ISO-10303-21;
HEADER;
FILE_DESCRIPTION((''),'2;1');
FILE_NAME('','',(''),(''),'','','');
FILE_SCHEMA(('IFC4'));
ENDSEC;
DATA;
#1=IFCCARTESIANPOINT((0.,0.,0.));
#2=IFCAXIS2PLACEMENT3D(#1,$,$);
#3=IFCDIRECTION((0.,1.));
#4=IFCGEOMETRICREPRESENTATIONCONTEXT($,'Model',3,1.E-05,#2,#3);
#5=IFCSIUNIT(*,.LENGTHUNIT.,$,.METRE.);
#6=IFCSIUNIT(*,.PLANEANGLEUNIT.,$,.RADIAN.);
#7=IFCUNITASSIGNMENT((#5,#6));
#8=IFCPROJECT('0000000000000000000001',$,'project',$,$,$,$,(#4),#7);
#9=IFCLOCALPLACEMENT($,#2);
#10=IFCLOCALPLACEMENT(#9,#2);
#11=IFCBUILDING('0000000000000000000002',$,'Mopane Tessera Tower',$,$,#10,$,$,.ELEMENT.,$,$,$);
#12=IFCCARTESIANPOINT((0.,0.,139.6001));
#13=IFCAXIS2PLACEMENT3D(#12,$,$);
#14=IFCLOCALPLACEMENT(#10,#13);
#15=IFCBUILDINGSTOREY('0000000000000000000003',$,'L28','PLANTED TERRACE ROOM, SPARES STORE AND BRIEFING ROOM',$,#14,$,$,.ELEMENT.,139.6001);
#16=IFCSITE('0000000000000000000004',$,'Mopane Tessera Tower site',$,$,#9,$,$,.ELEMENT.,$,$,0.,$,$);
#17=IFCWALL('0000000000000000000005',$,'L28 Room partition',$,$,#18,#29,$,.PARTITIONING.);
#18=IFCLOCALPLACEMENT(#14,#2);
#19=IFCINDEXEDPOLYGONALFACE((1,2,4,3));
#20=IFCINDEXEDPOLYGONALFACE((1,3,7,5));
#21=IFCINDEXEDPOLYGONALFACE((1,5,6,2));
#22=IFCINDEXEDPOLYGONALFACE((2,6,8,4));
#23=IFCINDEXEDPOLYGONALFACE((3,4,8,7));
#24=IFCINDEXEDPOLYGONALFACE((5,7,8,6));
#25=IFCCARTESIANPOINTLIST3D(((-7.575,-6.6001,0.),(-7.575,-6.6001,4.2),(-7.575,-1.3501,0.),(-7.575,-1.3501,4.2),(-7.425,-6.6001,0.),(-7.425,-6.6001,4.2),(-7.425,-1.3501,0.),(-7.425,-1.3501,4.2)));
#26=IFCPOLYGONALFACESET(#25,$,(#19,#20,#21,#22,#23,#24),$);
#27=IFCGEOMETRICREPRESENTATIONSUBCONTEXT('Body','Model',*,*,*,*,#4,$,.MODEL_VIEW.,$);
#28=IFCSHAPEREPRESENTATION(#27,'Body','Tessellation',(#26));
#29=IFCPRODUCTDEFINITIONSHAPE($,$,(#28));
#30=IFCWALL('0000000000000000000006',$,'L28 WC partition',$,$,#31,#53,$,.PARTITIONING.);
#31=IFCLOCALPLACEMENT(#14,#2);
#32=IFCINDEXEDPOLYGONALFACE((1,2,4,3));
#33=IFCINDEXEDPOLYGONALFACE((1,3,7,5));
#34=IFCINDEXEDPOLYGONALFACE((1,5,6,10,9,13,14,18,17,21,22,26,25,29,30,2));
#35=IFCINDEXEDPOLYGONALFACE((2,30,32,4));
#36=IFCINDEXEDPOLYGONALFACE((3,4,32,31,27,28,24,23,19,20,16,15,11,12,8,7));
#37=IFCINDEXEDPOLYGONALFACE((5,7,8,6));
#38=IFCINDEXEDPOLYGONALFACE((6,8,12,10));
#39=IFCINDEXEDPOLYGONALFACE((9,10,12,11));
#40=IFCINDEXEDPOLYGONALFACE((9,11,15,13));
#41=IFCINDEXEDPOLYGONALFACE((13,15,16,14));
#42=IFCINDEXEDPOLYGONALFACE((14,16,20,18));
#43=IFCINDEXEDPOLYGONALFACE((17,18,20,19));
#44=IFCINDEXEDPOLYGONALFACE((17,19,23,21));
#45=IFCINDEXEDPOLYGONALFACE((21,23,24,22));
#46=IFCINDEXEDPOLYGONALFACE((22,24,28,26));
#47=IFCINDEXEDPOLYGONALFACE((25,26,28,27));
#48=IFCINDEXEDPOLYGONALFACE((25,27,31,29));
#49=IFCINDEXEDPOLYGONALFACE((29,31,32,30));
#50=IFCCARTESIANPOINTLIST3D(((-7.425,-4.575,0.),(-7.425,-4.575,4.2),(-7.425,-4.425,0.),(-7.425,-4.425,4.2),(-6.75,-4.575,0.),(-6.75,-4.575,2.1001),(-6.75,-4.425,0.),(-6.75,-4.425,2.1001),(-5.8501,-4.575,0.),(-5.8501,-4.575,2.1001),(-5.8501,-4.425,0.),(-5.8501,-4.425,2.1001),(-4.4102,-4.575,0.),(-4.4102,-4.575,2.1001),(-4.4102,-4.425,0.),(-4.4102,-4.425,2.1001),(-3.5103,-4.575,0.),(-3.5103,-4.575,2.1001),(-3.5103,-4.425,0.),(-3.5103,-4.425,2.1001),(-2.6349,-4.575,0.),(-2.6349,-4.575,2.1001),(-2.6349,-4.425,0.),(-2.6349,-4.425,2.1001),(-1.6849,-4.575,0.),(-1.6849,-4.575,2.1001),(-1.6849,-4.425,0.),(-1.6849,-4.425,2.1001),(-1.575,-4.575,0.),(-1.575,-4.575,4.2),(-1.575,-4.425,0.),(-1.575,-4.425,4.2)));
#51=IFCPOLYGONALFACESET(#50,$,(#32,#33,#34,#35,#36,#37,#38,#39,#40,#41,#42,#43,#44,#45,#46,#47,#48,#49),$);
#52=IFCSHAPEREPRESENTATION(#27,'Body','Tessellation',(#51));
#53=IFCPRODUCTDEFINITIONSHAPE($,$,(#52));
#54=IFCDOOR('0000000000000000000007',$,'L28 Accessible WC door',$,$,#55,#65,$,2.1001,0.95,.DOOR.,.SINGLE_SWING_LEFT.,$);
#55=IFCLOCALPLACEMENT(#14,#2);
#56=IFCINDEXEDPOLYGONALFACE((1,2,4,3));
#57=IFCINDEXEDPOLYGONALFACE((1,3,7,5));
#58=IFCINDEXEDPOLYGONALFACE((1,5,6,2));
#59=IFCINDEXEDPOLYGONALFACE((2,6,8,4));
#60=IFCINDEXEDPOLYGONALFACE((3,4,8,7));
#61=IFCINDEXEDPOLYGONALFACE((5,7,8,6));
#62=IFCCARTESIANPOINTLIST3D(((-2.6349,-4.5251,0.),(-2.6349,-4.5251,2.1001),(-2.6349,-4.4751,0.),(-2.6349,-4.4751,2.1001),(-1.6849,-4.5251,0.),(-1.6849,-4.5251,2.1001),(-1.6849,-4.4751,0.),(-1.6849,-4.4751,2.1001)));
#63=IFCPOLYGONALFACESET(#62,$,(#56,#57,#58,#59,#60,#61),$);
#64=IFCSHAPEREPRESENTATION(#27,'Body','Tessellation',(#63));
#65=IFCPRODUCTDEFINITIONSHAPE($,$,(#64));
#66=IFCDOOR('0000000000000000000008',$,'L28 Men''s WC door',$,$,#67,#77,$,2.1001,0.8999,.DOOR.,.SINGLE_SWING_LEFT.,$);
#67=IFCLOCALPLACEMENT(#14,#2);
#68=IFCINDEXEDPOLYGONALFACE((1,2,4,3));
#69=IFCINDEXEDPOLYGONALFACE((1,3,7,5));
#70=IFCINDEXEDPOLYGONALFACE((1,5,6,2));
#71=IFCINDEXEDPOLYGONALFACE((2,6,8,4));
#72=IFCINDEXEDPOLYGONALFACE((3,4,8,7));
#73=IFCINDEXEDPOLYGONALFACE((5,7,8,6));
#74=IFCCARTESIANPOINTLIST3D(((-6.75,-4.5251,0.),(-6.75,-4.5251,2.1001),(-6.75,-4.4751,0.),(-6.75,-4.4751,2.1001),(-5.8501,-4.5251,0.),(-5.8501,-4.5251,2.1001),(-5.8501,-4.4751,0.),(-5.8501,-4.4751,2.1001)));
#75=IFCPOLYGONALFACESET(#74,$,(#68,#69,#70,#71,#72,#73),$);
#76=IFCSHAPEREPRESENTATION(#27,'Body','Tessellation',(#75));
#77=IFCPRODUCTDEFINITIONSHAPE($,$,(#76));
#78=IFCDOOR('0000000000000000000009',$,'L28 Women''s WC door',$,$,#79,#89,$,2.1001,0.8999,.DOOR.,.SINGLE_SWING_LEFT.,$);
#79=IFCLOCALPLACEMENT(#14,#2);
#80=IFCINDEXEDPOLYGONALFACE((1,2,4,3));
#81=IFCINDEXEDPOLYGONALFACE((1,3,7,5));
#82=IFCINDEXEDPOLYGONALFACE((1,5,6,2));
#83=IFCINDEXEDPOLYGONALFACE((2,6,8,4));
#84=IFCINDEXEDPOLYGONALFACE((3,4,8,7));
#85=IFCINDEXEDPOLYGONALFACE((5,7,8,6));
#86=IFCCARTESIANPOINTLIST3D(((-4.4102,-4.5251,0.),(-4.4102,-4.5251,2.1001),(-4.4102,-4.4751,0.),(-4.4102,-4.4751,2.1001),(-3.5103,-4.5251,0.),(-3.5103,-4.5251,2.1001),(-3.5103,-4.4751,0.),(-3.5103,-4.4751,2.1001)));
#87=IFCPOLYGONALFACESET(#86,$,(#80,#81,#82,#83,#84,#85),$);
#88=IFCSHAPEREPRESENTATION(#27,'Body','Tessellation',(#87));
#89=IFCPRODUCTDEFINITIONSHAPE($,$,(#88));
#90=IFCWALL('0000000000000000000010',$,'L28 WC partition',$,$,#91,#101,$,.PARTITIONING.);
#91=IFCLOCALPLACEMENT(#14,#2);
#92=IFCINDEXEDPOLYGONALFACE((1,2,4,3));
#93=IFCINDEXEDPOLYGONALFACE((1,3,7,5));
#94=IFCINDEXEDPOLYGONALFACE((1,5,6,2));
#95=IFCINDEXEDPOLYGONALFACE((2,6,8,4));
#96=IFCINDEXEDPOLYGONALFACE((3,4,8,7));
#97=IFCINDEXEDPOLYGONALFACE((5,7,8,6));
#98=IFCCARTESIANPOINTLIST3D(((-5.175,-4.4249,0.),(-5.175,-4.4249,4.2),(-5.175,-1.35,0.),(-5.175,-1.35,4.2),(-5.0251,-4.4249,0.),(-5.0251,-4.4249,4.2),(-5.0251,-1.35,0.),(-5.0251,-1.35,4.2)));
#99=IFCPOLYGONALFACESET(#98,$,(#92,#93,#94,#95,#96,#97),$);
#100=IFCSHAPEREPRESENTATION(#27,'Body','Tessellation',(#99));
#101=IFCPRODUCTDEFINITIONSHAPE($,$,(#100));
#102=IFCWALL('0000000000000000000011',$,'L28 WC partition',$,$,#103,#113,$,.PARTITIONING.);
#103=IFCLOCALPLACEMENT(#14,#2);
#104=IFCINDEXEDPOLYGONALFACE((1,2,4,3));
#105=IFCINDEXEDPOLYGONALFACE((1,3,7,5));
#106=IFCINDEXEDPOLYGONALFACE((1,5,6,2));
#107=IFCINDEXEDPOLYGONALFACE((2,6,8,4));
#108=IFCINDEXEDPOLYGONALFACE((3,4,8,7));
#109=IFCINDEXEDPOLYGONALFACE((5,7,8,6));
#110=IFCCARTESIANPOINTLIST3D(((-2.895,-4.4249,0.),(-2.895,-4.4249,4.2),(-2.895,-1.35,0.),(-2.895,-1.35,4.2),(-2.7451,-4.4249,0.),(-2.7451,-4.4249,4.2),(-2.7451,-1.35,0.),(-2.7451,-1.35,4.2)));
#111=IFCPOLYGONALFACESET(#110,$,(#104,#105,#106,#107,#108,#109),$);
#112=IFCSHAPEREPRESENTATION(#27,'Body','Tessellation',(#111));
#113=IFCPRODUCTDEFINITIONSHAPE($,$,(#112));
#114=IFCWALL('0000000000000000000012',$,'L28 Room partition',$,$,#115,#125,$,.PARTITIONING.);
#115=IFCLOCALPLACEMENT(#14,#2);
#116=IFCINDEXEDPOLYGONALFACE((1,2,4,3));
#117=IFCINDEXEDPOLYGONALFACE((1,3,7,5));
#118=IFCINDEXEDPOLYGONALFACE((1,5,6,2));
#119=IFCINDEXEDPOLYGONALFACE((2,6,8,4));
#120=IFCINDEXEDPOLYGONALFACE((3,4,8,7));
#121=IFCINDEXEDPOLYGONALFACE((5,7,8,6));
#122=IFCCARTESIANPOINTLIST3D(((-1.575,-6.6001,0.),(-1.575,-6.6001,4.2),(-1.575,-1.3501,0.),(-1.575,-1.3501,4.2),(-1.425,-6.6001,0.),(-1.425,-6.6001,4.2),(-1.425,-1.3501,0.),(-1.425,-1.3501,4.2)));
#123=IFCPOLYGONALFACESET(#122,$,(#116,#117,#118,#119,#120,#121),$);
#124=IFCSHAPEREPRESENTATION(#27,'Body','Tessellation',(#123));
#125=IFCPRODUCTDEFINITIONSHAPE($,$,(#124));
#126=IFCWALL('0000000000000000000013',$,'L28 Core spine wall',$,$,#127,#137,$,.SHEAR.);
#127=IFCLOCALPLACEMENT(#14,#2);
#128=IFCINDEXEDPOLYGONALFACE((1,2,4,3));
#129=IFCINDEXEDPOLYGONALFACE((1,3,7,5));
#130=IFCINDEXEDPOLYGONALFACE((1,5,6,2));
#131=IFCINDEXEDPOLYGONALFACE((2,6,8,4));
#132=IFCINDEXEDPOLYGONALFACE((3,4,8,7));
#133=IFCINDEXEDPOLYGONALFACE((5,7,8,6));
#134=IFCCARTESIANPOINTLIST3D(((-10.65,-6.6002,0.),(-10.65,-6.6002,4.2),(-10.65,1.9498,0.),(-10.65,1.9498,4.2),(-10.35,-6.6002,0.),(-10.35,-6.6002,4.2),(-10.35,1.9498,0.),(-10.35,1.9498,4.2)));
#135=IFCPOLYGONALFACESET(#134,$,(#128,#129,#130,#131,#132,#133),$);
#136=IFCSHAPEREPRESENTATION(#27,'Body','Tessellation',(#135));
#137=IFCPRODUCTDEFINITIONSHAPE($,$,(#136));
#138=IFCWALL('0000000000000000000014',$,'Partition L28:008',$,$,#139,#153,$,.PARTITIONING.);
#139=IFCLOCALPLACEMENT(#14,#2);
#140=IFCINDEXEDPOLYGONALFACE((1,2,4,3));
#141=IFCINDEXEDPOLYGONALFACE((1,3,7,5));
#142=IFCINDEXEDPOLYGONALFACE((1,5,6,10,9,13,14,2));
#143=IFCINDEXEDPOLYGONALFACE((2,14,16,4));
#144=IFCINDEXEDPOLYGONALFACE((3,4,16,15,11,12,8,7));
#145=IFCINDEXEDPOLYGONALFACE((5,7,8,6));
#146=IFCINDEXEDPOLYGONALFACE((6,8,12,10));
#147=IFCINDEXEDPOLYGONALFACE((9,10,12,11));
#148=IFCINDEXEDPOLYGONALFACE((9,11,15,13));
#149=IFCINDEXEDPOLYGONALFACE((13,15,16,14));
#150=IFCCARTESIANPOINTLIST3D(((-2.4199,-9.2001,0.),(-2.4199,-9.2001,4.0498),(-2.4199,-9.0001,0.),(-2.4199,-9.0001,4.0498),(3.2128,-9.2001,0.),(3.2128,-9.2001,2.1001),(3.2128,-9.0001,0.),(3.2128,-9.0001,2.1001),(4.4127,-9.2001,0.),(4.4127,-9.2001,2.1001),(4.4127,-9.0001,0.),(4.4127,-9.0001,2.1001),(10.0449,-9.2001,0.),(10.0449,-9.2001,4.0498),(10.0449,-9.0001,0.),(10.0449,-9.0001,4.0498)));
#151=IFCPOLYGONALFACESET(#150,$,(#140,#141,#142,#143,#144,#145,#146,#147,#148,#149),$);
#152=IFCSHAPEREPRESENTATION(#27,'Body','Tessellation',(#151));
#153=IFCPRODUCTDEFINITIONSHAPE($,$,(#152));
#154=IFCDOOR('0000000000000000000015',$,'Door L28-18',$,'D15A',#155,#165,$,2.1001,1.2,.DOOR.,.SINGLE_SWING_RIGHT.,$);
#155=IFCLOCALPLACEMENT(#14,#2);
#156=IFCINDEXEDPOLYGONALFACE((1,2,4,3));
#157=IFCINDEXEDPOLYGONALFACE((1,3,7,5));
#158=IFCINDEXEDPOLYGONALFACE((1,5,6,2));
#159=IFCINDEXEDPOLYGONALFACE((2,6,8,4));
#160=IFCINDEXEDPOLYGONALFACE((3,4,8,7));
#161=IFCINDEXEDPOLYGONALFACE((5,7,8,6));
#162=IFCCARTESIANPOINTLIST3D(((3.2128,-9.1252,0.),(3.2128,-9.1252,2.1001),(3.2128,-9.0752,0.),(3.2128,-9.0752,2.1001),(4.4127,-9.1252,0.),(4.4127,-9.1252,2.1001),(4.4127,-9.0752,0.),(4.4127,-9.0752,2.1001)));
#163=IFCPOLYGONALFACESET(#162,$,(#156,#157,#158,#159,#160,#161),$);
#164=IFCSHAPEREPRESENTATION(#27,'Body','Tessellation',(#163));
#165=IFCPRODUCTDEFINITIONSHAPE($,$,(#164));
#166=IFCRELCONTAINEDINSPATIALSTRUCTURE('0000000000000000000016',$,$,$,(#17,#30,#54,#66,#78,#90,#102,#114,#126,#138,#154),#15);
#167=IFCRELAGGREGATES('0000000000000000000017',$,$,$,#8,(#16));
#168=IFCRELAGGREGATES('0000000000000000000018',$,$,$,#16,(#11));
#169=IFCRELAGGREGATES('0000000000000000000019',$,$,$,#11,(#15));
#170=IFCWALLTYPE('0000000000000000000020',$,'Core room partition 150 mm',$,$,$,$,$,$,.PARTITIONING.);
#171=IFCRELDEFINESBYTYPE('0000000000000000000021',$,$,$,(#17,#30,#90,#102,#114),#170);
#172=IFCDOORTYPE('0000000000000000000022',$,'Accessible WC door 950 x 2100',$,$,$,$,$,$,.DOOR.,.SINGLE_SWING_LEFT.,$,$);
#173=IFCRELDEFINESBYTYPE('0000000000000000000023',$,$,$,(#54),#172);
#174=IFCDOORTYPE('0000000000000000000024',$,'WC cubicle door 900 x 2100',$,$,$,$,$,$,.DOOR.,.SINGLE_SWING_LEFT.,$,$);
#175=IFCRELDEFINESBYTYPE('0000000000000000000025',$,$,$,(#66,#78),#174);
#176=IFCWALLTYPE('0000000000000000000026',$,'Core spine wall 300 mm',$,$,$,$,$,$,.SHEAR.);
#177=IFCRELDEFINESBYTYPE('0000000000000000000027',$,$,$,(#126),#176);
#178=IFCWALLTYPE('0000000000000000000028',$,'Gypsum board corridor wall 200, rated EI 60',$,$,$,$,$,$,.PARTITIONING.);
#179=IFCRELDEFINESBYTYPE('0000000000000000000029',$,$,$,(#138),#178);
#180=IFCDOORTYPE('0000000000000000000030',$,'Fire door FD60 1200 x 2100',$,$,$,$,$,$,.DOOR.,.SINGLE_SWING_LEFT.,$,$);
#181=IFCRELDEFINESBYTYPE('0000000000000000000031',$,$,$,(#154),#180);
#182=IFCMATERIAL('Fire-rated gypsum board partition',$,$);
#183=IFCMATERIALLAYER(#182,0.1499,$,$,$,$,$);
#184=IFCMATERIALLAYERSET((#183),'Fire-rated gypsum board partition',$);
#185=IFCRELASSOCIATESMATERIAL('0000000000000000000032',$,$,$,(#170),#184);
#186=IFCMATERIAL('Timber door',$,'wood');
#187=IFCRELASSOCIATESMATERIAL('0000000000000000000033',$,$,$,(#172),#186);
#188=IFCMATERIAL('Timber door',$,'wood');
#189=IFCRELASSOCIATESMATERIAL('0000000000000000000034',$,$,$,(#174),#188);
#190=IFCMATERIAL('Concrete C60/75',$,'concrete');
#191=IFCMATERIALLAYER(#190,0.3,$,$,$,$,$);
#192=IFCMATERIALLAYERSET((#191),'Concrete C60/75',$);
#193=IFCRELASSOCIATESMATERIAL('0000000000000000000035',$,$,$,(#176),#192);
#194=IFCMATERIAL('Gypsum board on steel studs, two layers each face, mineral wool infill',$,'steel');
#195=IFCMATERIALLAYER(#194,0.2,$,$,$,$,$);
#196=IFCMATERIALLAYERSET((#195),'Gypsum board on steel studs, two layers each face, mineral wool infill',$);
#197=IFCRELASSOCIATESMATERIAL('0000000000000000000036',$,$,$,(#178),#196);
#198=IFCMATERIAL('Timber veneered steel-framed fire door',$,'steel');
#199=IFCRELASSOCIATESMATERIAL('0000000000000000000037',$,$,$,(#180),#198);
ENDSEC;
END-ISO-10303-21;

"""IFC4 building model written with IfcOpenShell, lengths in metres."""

from ifc_helpers import new_model, si_unit, direction, frame, frame_2d, origin, place, context, subcontext, project, spatial, rectangle, extrude, material, layer, layer_set, type_object, element, fill, save


model = new_model("IFC4")

# Units and contexts
model_context = context("Model", 3, precision=1e-05, world=origin(), true_north=direction((0.0, 1.0)))
body_context = subcontext(model_context, "Body", "Model", "MODEL_VIEW")
ifc_project = project(units=[si_unit("LENGTHUNIT", "METRE"), si_unit("PLANEANGLEUNIT", "RADIAN")], contexts=[model_context])

# Site, building, storey
site_placement = place(None, origin())
site = spatial("IfcSite", under=ifc_project, at=site_placement, Name="Mopane Tessera Tower site", CompositionType="ELEMENT", RefElevation=0.0)
building_placement = place(site_placement, origin())
building = spatial("IfcBuilding", under=site, at=building_placement, Name="Mopane Tessera Tower", CompositionType="ELEMENT")
storey_placement = place(building_placement, frame((0.0, 0.0, 139.6001)))
storey = spatial("IfcBuildingStorey", under=building, at=storey_placement, Name="L28", Description="PLANTED TERRACE ROOM, SPARES STORE AND BRIEFING ROOM", CompositionType="ELEMENT", Elevation=139.6001)

# Wall
ifc_material_1 = material(Name="Fire-rated gypsum board partition")
ifc_layer_1 = layer(ifc_material_1, 0.1499)
ifc_layer_set_1 = layer_set([ifc_layer_1], Name="Fire-rated gypsum board partition")
wall_type_1 = type_object("IfcWallType", Name="Core room partition 150 mm", PredefinedType="PARTITIONING", material=ifc_layer_set_1)
wall_1_placement = place(storey_placement, frame((-7.5, -6.6001, 0.0), z_axis=(0.0, 0.0, 1.0), x_axis=(0.0, 1.0, 0.0)))
element("IfcWall", 1, at=wall_1_placement, inside=storey, type_object=wall_type_1, Name="L28 Room partition", PredefinedType="PARTITIONING", context=body_context, shape_type="SweptSolid", body=[
    extrude(rectangle(XDim=5.25, YDim=0.1499, at=frame_2d((2.625, 0.0))), origin(), (0.0, 0.0, 1.0), 4.2),
])

# Wall, openings, doors
wall_2_placement = place(storey_placement, frame((-7.425, -4.5, 0.0), z_axis=(0.0, 0.0, 1.0), x_axis=(1.0, 0.0, 0.0)))
wall_2 = element("IfcWall", 2, at=wall_2_placement, inside=storey, type_object=wall_type_1, Name="L28 WC partition", PredefinedType="PARTITIONING", context=body_context, shape_type="SweptSolid", body=[
    extrude(rectangle(XDim=5.8501, YDim=0.1499, at=frame_2d((2.925, 0.0))), origin(), (0.0, 0.0, 1.0), 4.2),
])
opening_1_placement = place(wall_2_placement, frame((0.675, 0.0, 0.0)))
opening_1 = element("IfcOpeningElement", 3, at=opening_1_placement, cuts=wall_2, PredefinedType="OPENING", context=body_context, shape_type="SweptSolid", body=[
    extrude(rectangle(XDim=0.8999, YDim=2.1001, at=frame_2d((0.45, 1.05))), frame((0.0, 0.0869, 0.0), z_axis=(0.0, -1.0, 0.0), x_axis=(1.0, 0.0, 0.0)), (0.0, 0.0, 1.0), 0.1738),
])
opening_2_placement = place(wall_2_placement, frame((3.0149, 0.0, 0.0)))
opening_2 = element("IfcOpeningElement", 4, at=opening_2_placement, cuts=wall_2, PredefinedType="OPENING", context=body_context, shape_type="SweptSolid", body=[
    extrude(rectangle(XDim=0.8999, YDim=2.1001, at=frame_2d((0.45, 1.05))), frame((0.0, 0.0869, 0.0), z_axis=(0.0, -1.0, 0.0), x_axis=(1.0, 0.0, 0.0)), (0.0, 0.0, 1.0), 0.1738),
])
opening_3_placement = place(wall_2_placement, frame((4.79, 0.0, 0.0)))
opening_3 = element("IfcOpeningElement", 5, at=opening_3_placement, cuts=wall_2, PredefinedType="OPENING", context=body_context, shape_type="SweptSolid", body=[
    extrude(rectangle(XDim=0.95, YDim=2.1001, at=frame_2d((0.4751, 1.05))), frame((0.0, 0.0869, 0.0), z_axis=(0.0, -1.0, 0.0), x_axis=(1.0, 0.0, 0.0)), (0.0, 0.0, 1.0), 0.1738),
])
ifc_material_2 = material(Name="Timber door", Category="wood")
door_type_1 = type_object("IfcDoorType", Name="Accessible WC door 950 x 2100", OperationType="SINGLE_SWING_LEFT", PredefinedType="DOOR", material=ifc_material_2)
door_1_placement = place(opening_3_placement, origin())
door_1 = element("IfcDoor", 6, at=door_1_placement, inside=storey, type_object=door_type_1, Name="L28 Accessible WC door", OperationType="SINGLE_SWING_LEFT", OverallHeight=2.1001, OverallWidth=0.95, PredefinedType="DOOR", context=body_context, shape_type="SweptSolid", body=[
    extrude(rectangle(XDim=0.95, YDim=2.1001, at=frame_2d((0.4751, 1.05))), frame((0.0, 0.0249, 0.0), z_axis=(0.0, -1.0, 0.0), x_axis=(1.0, 0.0, 0.0)), (0.0, 0.0, 1.0), 0.05),
])
fill(opening_3, door_1)
ifc_material_3 = material(Name="Timber door", Category="wood")
door_type_2 = type_object("IfcDoorType", Name="WC cubicle door 900 x 2100", OperationType="SINGLE_SWING_LEFT", PredefinedType="DOOR", material=ifc_material_3)
door_2_placement = place(opening_1_placement, origin())
door_2 = element("IfcDoor", 7, at=door_2_placement, inside=storey, type_object=door_type_2, Name="L28 Men's WC door", OperationType="SINGLE_SWING_LEFT", OverallHeight=2.1001, OverallWidth=0.8999, PredefinedType="DOOR", context=body_context, shape_type="SweptSolid", body=[
    extrude(rectangle(XDim=0.8999, YDim=2.1001, at=frame_2d((0.45, 1.05))), frame((0.0, 0.0249, 0.0), z_axis=(0.0, -1.0, 0.0), x_axis=(1.0, 0.0, 0.0)), (0.0, 0.0, 1.0), 0.05),
])
fill(opening_1, door_2)
door_3_placement = place(opening_2_placement, origin())
door_3 = element("IfcDoor", 8, at=door_3_placement, inside=storey, type_object=door_type_2, Name="L28 Women's WC door", OperationType="SINGLE_SWING_LEFT", OverallHeight=2.1001, OverallWidth=0.8999, PredefinedType="DOOR", context=body_context, shape_type="SweptSolid", body=[
    extrude(rectangle(XDim=0.8999, YDim=2.1001, at=frame_2d((0.45, 1.05))), frame((0.0, 0.0249, 0.0), z_axis=(0.0, -1.0, 0.0), x_axis=(1.0, 0.0, 0.0)), (0.0, 0.0, 1.0), 0.05),
])
fill(opening_2, door_3)

# Walls
for number, where, z_axis, x_axis, name in (
    (9, (-5.1001, -4.425, 0.0), (0.0, 0.0, 1.0), (0.0, 1.0, 0.0), "L28 WC partition"),
    (10, (-2.8201, -4.425, 0.0), (0.0, 0.0, 1.0), (0.0, 1.0, 0.0), "L28 WC partition"),
):
    element("IfcWall", number, at=place(storey_placement, frame(where, z_axis=z_axis, x_axis=x_axis)), inside=storey, type_object=wall_type_1, Name=name, PredefinedType="PARTITIONING", context=body_context, shape_type="SweptSolid", body=[
        extrude(rectangle(XDim=3.075, YDim=0.1499, at=frame_2d((1.5376, 0.0))), origin(), (0.0, 0.0, 1.0), 4.2),
    ])
wall_3_placement = place(storey_placement, frame((-1.5, -6.6001, 0.0), z_axis=(0.0, 0.0, 1.0), x_axis=(0.0, 1.0, 0.0)))
element("IfcWall", 11, at=wall_3_placement, inside=storey, type_object=wall_type_1, Name="L28 Room partition", PredefinedType="PARTITIONING", context=body_context, shape_type="SweptSolid", body=[
    extrude(rectangle(XDim=5.25, YDim=0.1499, at=frame_2d((2.625, 0.0))), origin(), (0.0, 0.0, 1.0), 4.2),
])
ifc_material_4 = material(Name="Concrete C60/75", Category="concrete")
ifc_layer_2 = layer(ifc_material_4, 0.3)
ifc_layer_set_2 = layer_set([ifc_layer_2], Name="Concrete C60/75")
wall_type_2 = type_object("IfcWallType", Name="Core spine wall 300 mm", PredefinedType="SHEAR", material=ifc_layer_set_2)
wall_4_placement = place(storey_placement, frame((-10.5, -6.6001, 0.0), z_axis=(0.0, 0.0, 1.0), x_axis=(0.0, 1.0, 0.0)))
element("IfcWall", 12, at=wall_4_placement, inside=storey, type_object=wall_type_2, Name="L28 Core spine wall", PredefinedType="SHEAR", context=body_context, shape_type="SweptSolid", body=[
    extrude(rectangle(XDim=8.55, YDim=0.3, at=frame_2d((4.2749, 0.0))), origin(), (0.0, 0.0, 1.0), 4.2),
])

# Wall, opening, door
ifc_material_5 = material(Name="Gypsum board on steel studs, two layers each face, mineral wool infill", Category="steel")
ifc_layer_3 = layer(ifc_material_5, 0.2)
ifc_layer_set_3 = layer_set([ifc_layer_3], Name="Gypsum board on steel studs, two layers each face, mineral wool infill")
wall_type_3 = type_object("IfcWallType", Name="Gypsum board corridor wall 200, rated EI 60", PredefinedType="PARTITIONING", material=ifc_layer_set_3)
wall_5_placement = place(storey_placement, frame((-2.4199, -9.1001, 0.0), z_axis=(0.0, 0.0, 1.0), x_axis=(1.0, 0.0, 0.0)))
wall_5 = element("IfcWall", 13, at=wall_5_placement, inside=storey, type_object=wall_type_3, Name="Partition L28:008", PredefinedType="PARTITIONING", context=body_context, shape_type="SweptSolid", body=[
    extrude(rectangle(XDim=12.4648, YDim=0.2, at=frame_2d((6.2324, 0.0))), origin(), (0.0, 0.0, 1.0), 4.0498),
])
opening_4_placement = place(wall_5_placement, frame((5.6326, 0.0, 0.0)))
opening_4 = element("IfcOpeningElement", 14, at=opening_4_placement, cuts=wall_5, PredefinedType="OPENING", context=body_context, shape_type="SweptSolid", body=[
    extrude(rectangle(XDim=1.2, YDim=2.1001, at=frame_2d((0.6001, 1.05))), frame((0.0, 0.1121, 0.0), z_axis=(0.0, -1.0, 0.0), x_axis=(1.0, 0.0, 0.0)), (0.0, 0.0, 1.0), 0.2239),
])
ifc_material_6 = material(Name="Timber veneered steel-framed fire door", Category="steel")
door_type_3 = type_object("IfcDoorType", Name="Fire door FD60 1200 x 2100", OperationType="SINGLE_SWING_LEFT", PredefinedType="DOOR", material=ifc_material_6)
door_4_placement = place(opening_4_placement, origin())
door_4 = element("IfcDoor", 15, at=door_4_placement, inside=storey, type_object=door_type_3, Name="Door L28-18", ObjectType="D15A", OperationType="SINGLE_SWING_RIGHT", OverallHeight=2.1001, OverallWidth=1.2, PredefinedType="DOOR", context=body_context, shape_type="SweptSolid", body=[
    extrude(rectangle(XDim=1.2, YDim=2.1001, at=frame_2d((0.6001, 1.05))), frame((0.0, 0.0249, 0.0), z_axis=(0.0, -1.0, 0.0), x_axis=(1.0, 0.0, 0.0)), (0.0, 0.0, 1.0), 0.05),
])
fill(opening_4, door_4)

save(model, "model.ifc")
